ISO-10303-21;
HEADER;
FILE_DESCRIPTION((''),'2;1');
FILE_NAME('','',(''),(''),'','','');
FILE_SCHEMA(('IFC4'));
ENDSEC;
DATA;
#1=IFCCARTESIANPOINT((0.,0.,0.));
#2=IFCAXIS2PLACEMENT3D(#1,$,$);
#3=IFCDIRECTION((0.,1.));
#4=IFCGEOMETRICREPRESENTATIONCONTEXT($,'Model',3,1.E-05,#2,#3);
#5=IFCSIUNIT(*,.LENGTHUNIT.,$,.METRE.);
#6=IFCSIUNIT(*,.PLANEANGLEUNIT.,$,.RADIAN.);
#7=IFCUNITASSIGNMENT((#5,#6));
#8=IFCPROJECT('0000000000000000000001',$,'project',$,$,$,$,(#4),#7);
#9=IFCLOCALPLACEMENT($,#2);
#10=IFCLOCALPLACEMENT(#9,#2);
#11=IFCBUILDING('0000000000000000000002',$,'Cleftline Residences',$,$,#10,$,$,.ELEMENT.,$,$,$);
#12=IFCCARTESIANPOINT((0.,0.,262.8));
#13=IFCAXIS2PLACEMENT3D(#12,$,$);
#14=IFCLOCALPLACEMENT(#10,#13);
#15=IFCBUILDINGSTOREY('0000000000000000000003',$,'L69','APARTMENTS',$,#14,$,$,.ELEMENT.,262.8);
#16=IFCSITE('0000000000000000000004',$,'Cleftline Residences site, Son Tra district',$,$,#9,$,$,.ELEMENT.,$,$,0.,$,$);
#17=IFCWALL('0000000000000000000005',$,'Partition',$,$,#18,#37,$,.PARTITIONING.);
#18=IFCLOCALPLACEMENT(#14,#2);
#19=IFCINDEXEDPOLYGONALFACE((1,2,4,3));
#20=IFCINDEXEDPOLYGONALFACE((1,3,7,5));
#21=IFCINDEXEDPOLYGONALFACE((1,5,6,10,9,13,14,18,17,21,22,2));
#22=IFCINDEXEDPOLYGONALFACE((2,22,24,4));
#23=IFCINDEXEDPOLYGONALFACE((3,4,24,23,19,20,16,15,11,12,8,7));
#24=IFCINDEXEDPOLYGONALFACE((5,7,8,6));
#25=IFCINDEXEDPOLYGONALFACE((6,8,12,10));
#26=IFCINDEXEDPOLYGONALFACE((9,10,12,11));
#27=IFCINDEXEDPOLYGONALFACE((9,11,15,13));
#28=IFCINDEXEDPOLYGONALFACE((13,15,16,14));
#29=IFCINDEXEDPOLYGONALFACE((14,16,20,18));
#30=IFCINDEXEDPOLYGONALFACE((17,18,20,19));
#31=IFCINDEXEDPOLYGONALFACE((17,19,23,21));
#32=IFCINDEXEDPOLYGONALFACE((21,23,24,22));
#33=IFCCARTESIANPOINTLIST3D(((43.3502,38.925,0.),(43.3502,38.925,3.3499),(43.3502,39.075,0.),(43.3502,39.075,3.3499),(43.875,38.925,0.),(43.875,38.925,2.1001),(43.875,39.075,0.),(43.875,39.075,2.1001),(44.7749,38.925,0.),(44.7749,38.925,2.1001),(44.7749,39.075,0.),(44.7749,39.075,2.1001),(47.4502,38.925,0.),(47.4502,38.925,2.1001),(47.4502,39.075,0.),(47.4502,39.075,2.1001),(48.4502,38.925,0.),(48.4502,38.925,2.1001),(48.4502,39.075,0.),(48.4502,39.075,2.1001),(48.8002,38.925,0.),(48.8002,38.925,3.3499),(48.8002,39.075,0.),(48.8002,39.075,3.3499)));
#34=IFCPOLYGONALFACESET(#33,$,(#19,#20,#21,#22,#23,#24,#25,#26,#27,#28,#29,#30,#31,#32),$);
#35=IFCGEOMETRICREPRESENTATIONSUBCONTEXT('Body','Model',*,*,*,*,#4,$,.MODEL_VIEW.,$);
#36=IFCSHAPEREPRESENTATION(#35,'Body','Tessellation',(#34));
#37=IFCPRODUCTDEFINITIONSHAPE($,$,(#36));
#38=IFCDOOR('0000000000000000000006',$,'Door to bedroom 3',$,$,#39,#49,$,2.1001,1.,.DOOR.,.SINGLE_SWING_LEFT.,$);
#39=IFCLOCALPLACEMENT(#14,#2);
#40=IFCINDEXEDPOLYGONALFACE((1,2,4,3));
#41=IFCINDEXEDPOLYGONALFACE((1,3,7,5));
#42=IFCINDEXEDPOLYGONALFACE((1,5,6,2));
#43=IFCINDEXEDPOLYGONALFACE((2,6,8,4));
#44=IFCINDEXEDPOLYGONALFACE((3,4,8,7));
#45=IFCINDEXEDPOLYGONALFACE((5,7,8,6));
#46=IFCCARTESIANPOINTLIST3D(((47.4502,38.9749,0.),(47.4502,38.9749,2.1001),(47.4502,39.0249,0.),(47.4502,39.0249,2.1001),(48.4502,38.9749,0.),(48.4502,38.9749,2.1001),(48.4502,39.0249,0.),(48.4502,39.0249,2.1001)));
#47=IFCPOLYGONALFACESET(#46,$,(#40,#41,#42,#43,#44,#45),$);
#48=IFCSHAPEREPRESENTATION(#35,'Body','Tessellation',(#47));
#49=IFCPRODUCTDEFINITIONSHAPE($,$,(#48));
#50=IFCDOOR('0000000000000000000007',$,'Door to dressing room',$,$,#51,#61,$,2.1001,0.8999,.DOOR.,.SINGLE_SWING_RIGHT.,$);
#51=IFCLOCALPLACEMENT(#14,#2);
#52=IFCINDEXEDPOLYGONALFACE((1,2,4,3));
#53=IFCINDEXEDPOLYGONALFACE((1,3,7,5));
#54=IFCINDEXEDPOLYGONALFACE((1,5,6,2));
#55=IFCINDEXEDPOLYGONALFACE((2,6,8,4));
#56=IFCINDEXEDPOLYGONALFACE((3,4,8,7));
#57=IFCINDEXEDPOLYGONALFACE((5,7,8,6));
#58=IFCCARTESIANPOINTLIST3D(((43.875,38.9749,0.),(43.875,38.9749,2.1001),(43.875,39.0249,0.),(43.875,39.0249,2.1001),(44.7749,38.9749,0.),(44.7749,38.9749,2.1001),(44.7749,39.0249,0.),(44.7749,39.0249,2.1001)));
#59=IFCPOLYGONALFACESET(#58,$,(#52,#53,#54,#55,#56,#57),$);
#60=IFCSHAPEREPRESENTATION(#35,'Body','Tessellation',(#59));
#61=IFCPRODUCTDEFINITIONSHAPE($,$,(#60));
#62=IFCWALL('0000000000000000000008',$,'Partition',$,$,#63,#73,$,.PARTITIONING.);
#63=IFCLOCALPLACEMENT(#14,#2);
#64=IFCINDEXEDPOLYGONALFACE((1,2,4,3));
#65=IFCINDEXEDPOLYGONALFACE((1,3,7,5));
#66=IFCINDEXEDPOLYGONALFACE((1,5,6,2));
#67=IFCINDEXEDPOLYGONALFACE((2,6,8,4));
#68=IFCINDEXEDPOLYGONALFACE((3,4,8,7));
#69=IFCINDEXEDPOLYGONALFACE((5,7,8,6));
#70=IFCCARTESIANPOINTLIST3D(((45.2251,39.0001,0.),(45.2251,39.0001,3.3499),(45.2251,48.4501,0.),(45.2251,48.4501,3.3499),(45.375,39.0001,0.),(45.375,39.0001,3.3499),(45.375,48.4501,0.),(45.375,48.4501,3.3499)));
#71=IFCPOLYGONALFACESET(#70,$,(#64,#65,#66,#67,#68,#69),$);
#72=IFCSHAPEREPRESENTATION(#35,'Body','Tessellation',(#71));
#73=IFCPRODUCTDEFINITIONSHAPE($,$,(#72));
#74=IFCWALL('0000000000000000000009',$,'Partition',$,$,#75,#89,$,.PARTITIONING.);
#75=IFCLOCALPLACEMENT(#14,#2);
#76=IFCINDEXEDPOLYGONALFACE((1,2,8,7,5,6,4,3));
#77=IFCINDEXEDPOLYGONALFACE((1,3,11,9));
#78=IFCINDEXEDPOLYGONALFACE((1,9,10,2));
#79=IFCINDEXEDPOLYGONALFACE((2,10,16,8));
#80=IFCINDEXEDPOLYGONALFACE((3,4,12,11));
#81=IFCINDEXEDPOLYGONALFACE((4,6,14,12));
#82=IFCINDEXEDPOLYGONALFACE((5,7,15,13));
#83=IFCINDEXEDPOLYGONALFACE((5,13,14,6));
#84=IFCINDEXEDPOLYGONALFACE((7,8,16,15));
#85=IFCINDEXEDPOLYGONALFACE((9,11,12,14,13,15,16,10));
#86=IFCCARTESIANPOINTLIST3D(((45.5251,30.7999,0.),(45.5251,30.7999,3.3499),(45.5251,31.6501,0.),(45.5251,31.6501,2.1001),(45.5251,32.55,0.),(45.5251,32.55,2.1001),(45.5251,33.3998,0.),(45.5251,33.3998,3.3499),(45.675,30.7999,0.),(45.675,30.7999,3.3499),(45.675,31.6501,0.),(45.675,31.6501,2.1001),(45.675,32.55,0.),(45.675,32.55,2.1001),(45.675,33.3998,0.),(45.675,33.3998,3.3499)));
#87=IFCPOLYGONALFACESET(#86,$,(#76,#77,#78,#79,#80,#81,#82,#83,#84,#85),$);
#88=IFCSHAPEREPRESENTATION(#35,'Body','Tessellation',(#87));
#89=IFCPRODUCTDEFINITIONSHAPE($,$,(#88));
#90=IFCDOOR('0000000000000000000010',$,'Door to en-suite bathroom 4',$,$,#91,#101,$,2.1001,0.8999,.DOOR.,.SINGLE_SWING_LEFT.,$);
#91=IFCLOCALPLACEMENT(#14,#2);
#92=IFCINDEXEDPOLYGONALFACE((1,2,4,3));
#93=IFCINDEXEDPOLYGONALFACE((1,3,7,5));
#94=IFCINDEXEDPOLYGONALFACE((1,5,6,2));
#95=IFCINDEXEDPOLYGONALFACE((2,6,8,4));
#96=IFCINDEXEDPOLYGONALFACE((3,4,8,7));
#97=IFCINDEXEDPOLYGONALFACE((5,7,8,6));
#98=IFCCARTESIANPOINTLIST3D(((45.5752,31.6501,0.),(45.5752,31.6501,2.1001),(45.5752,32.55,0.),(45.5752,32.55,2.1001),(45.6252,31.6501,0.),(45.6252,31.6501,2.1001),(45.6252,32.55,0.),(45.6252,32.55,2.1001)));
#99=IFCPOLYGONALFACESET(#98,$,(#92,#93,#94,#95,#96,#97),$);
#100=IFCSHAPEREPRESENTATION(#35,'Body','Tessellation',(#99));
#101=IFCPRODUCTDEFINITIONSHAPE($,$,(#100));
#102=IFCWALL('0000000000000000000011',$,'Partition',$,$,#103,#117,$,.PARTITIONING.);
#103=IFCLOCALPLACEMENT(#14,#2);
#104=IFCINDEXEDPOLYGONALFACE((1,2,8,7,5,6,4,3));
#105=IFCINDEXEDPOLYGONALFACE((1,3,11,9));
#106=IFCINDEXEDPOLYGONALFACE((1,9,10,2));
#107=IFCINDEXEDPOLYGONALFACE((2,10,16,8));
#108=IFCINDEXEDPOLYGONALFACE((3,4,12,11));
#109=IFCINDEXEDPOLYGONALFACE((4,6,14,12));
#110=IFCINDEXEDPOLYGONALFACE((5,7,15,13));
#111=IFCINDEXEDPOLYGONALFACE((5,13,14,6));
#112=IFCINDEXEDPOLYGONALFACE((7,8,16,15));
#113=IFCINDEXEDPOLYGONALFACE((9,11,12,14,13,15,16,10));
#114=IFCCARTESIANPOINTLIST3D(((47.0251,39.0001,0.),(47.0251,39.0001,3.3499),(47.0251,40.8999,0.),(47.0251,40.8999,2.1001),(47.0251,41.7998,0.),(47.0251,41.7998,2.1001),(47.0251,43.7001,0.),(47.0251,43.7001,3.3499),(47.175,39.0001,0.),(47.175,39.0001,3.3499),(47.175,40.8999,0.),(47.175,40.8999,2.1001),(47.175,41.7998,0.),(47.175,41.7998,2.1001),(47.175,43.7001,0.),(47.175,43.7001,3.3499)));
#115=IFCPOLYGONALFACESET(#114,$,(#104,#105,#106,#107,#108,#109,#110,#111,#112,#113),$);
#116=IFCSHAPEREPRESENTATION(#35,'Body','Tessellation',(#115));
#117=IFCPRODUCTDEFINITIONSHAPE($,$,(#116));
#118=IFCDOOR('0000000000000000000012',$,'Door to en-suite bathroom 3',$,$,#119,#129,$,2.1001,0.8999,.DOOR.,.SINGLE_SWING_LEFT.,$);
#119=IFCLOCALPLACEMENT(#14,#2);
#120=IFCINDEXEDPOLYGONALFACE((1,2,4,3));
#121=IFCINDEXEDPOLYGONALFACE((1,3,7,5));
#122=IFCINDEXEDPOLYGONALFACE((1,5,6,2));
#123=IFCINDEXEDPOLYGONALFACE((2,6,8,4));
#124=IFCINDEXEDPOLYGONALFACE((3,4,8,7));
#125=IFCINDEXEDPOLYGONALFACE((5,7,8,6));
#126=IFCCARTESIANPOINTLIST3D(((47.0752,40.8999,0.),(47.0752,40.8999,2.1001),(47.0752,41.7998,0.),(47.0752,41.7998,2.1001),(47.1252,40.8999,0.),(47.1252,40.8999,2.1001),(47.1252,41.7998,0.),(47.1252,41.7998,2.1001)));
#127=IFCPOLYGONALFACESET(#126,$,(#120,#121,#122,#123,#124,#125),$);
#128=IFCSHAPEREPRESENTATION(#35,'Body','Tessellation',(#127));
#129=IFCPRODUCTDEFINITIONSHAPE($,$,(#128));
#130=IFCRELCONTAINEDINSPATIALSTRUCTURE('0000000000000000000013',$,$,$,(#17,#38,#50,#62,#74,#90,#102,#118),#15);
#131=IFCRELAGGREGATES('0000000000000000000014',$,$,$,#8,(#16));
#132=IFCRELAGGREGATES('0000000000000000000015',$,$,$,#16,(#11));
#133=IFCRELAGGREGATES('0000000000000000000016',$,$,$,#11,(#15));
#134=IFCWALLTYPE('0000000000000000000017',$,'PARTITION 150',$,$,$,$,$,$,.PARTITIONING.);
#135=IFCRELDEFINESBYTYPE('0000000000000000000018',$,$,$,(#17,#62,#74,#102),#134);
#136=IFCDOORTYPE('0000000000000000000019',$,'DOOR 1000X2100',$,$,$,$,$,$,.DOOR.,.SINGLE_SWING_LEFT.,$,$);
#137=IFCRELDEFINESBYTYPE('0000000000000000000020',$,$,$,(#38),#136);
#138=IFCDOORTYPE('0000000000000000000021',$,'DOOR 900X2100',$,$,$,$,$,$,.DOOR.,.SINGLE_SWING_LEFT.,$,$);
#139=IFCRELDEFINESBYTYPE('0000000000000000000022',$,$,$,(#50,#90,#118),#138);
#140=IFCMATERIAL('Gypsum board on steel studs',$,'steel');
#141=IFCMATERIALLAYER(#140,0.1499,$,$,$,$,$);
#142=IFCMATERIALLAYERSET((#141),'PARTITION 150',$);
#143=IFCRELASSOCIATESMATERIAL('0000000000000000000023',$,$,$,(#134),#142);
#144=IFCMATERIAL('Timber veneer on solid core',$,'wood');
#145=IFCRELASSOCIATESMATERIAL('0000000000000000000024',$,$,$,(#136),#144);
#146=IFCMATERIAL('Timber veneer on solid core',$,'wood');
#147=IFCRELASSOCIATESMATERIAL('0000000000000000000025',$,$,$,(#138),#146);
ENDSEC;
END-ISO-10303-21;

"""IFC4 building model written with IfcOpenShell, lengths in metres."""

from ifc_helpers import new_model, si_unit, direction, frame, frame_2d, origin, place, context, subcontext, project, spatial, rectangle, extrude, material, layer, layer_set, type_object, element, fill, save


model = new_model("IFC4")

# Units and contexts
model_context = context("Model", 3, precision=1e-05, world=origin(), true_north=direction((0.0, 1.0)))
body_context = subcontext(model_context, "Body", "Model", "MODEL_VIEW")
ifc_project = project(units=[si_unit("LENGTHUNIT", "METRE"), si_unit("PLANEANGLEUNIT", "RADIAN")], contexts=[model_context])

# Site, building, storey
site_placement = place(None, origin())
site = spatial("IfcSite", under=ifc_project, at=site_placement, Name="Cleftline Residences site, Son Tra district", CompositionType="ELEMENT", RefElevation=0.0)
building_placement = place(site_placement, origin())
building = spatial("IfcBuilding", under=site, at=building_placement, Name="Cleftline Residences", CompositionType="ELEMENT")
storey_placement = place(building_placement, frame((0.0, 0.0, 262.8)))
storey = spatial("IfcBuildingStorey", under=building, at=storey_placement, Name="L69", Description="APARTMENTS", CompositionType="ELEMENT", Elevation=262.8)

# Shared definitions
ifc_material_1 = material(Name="Gypsum board on steel studs", Category="steel")
ifc_layer_1 = layer(ifc_material_1, 0.1499)
ifc_layer_set_1 = layer_set([ifc_layer_1], Name="PARTITION 150")
wall_type = type_object("IfcWallType", Name="PARTITION 150", PredefinedType="PARTITIONING", material=ifc_layer_set_1)

# Wall, openings, doors
ifc_material_2 = material(Name="Timber veneer on solid core", Category="wood")
door_type_1 = type_object("IfcDoorType", Name="DOOR 1000X2100", OperationType="SINGLE_SWING_LEFT", PredefinedType="DOOR", material=ifc_material_2)
ifc_material_3 = material(Name="Timber veneer on solid core", Category="wood")
door_type_2 = type_object("IfcDoorType", Name="DOOR 900X2100", OperationType="SINGLE_SWING_LEFT", PredefinedType="DOOR", material=ifc_material_3)
wall_1_placement = place(storey_placement, frame((43.3501, 39.0, 0.0), z_axis=(0.0, 0.0, 1.0), x_axis=(1.0, 0.0, 0.0)))
wall_1 = element("IfcWall", 1, at=wall_1_placement, inside=storey, type_object=wall_type, Name="Partition", PredefinedType="PARTITIONING", context=body_context, shape_type="SweptSolid", body=[
    extrude(rectangle(XDim=5.45, YDim=0.1499, at=frame_2d((2.7251, 0.0))), origin(), (0.0, 0.0, 1.0), 3.3499),
])
opening_1_placement = place(wall_1_placement, frame((4.1001, 0.0, 0.0)))
opening_1 = element("IfcOpeningElement", 2, at=opening_1_placement, cuts=wall_1, PredefinedType="OPENING", context=body_context, shape_type="SweptSolid", body=[
    extrude(rectangle(XDim=1.0, YDim=2.1001, at=frame_2d((0.5, 1.05))), frame((0.0, 0.085, 0.0), z_axis=(0.0, -1.0, 0.0), x_axis=(1.0, 0.0, 0.0)), (0.0, 0.0, 1.0), 0.1699),
])
opening_2_placement = place(wall_1_placement, frame((0.5249, 0.0, 0.0)))
opening_2 = element("IfcOpeningElement", 3, at=opening_2_placement, cuts=wall_1, PredefinedType="OPENING", context=body_context, shape_type="SweptSolid", body=[
    extrude(rectangle(XDim=0.8999, YDim=2.1001, at=frame_2d((0.45, 1.05))), frame((0.0, 0.085, 0.0), z_axis=(0.0, -1.0, 0.0), x_axis=(1.0, 0.0, 0.0)), (0.0, 0.0, 1.0), 0.1699),
])
door_1_placement = place(opening_1_placement, origin())
door_1 = element("IfcDoor", 4, at=door_1_placement, inside=storey, type_object=door_type_1, Name="Door to bedroom 3", OperationType="SINGLE_SWING_LEFT", OverallHeight=2.1001, OverallWidth=1.0, PredefinedType="DOOR", context=body_context, shape_type="SweptSolid", body=[
    extrude(rectangle(XDim=1.0, YDim=2.1001, at=frame_2d((0.5, 1.05))), frame((0.0, 0.0249, 0.0), z_axis=(0.0, -1.0, 0.0), x_axis=(1.0, 0.0, 0.0)), (0.0, 0.0, 1.0), 0.05),
])
fill(opening_1, door_1)
door_2_placement = place(opening_2_placement, origin())
door_2 = element("IfcDoor", 5, at=door_2_placement, inside=storey, type_object=door_type_2, Name="Door to dressing room", OperationType="SINGLE_SWING_RIGHT", OverallHeight=2.1001, OverallWidth=0.8999, PredefinedType="DOOR", context=body_context, shape_type="SweptSolid", body=[
    extrude(rectangle(XDim=0.8999, YDim=2.1001, at=frame_2d((0.45, 1.05))), frame((0.0, 0.0249, 0.0), z_axis=(0.0, -1.0, 0.0), x_axis=(1.0, 0.0, 0.0)), (0.0, 0.0, 1.0), 0.05),
])
fill(opening_2, door_2)

# Wall
wall_2_placement = place(storey_placement, frame((45.3, 39.0, 0.0), z_axis=(0.0, 0.0, 1.0), x_axis=(0.0, 1.0, 0.0)))
element("IfcWall", 6, at=wall_2_placement, inside=storey, type_object=wall_type, Name="Partition", PredefinedType="PARTITIONING", context=body_context, shape_type="SweptSolid", body=[
    extrude(rectangle(XDim=9.45, YDim=0.1499, at=frame_2d((4.7251, 0.0))), origin(), (0.0, 0.0, 1.0), 3.3499),
])

# Walls, openings, doors
wall_3_placement = place(storey_placement, frame((45.6001, 30.8, 0.0), z_axis=(0.0, 0.0, 1.0), x_axis=(0.0, 1.0, 0.0)))
wall_3 = element("IfcWall", 7, at=wall_3_placement, inside=storey, type_object=wall_type, Name="Partition", PredefinedType="PARTITIONING", context=body_context, shape_type="SweptSolid", body=[
    extrude(rectangle(XDim=2.5999, YDim=0.1499, at=frame_2d((1.2998, 0.0))), origin(), (0.0, 0.0, 1.0), 3.3499),
])
opening_3_placement = place(wall_3_placement, frame((0.8501, 0.0, 0.0)))
opening_3 = element("IfcOpeningElement", 8, at=opening_3_placement, cuts=wall_3, PredefinedType="OPENING", context=body_context, shape_type="SweptSolid", body=[
    extrude(rectangle(XDim=0.8999, YDim=2.1001, at=frame_2d((0.45, 1.05))), frame((0.0, 0.085, 0.0), z_axis=(0.0, -1.0, 0.0), x_axis=(1.0, 0.0, 0.0)), (0.0, 0.0, 1.0), 0.1699),
])
door_3_placement = place(opening_3_placement, origin())
door_3 = element("IfcDoor", 9, at=door_3_placement, inside=storey, type_object=door_type_2, Name="Door to en-suite bathroom 4", OperationType="SINGLE_SWING_LEFT", OverallHeight=2.1001, OverallWidth=0.8999, PredefinedType="DOOR", context=body_context, shape_type="SweptSolid", body=[
    extrude(rectangle(XDim=0.8999, YDim=2.1001, at=frame_2d((0.45, 1.05))), frame((0.0, 0.0249, 0.0), z_axis=(0.0, -1.0, 0.0), x_axis=(1.0, 0.0, 0.0)), (0.0, 0.0, 1.0), 0.05),
])
fill(opening_3, door_3)
wall_4_placement = place(storey_placement, frame((47.1001, 39.0, 0.0), z_axis=(0.0, 0.0, 1.0), x_axis=(0.0, 1.0, 0.0)))
wall_4 = element("IfcWall", 10, at=wall_4_placement, inside=storey, type_object=wall_type, Name="Partition", PredefinedType="PARTITIONING", context=body_context, shape_type="SweptSolid", body=[
    extrude(rectangle(XDim=4.7, YDim=0.1499, at=frame_2d((2.3501, 0.0))), origin(), (0.0, 0.0, 1.0), 3.3499),
])
opening_4_placement = place(wall_4_placement, frame((1.8999, 0.0, 0.0)))
opening_4 = element("IfcOpeningElement", 11, at=opening_4_placement, cuts=wall_4, PredefinedType="OPENING", context=body_context, shape_type="SweptSolid", body=[
    extrude(rectangle(XDim=0.8999, YDim=2.1001, at=frame_2d((0.45, 1.05))), frame((0.0, 0.085, 0.0), z_axis=(0.0, -1.0, 0.0), x_axis=(1.0, 0.0, 0.0)), (0.0, 0.0, 1.0), 0.1699),
])
door_4_placement = place(opening_4_placement, origin())
door_4 = element("IfcDoor", 12, at=door_4_placement, inside=storey, type_object=door_type_2, Name="Door to en-suite bathroom 3", OperationType="SINGLE_SWING_LEFT", OverallHeight=2.1001, OverallWidth=0.8999, PredefinedType="DOOR", context=body_context, shape_type="SweptSolid", body=[
    extrude(rectangle(XDim=0.8999, YDim=2.1001, at=frame_2d((0.45, 1.05))), frame((0.0, 0.0249, 0.0), z_axis=(0.0, -1.0, 0.0), x_axis=(1.0, 0.0, 0.0)), (0.0, 0.0, 1.0), 0.05),
])
fill(opening_4, door_4)

save(model, "model.ifc")
